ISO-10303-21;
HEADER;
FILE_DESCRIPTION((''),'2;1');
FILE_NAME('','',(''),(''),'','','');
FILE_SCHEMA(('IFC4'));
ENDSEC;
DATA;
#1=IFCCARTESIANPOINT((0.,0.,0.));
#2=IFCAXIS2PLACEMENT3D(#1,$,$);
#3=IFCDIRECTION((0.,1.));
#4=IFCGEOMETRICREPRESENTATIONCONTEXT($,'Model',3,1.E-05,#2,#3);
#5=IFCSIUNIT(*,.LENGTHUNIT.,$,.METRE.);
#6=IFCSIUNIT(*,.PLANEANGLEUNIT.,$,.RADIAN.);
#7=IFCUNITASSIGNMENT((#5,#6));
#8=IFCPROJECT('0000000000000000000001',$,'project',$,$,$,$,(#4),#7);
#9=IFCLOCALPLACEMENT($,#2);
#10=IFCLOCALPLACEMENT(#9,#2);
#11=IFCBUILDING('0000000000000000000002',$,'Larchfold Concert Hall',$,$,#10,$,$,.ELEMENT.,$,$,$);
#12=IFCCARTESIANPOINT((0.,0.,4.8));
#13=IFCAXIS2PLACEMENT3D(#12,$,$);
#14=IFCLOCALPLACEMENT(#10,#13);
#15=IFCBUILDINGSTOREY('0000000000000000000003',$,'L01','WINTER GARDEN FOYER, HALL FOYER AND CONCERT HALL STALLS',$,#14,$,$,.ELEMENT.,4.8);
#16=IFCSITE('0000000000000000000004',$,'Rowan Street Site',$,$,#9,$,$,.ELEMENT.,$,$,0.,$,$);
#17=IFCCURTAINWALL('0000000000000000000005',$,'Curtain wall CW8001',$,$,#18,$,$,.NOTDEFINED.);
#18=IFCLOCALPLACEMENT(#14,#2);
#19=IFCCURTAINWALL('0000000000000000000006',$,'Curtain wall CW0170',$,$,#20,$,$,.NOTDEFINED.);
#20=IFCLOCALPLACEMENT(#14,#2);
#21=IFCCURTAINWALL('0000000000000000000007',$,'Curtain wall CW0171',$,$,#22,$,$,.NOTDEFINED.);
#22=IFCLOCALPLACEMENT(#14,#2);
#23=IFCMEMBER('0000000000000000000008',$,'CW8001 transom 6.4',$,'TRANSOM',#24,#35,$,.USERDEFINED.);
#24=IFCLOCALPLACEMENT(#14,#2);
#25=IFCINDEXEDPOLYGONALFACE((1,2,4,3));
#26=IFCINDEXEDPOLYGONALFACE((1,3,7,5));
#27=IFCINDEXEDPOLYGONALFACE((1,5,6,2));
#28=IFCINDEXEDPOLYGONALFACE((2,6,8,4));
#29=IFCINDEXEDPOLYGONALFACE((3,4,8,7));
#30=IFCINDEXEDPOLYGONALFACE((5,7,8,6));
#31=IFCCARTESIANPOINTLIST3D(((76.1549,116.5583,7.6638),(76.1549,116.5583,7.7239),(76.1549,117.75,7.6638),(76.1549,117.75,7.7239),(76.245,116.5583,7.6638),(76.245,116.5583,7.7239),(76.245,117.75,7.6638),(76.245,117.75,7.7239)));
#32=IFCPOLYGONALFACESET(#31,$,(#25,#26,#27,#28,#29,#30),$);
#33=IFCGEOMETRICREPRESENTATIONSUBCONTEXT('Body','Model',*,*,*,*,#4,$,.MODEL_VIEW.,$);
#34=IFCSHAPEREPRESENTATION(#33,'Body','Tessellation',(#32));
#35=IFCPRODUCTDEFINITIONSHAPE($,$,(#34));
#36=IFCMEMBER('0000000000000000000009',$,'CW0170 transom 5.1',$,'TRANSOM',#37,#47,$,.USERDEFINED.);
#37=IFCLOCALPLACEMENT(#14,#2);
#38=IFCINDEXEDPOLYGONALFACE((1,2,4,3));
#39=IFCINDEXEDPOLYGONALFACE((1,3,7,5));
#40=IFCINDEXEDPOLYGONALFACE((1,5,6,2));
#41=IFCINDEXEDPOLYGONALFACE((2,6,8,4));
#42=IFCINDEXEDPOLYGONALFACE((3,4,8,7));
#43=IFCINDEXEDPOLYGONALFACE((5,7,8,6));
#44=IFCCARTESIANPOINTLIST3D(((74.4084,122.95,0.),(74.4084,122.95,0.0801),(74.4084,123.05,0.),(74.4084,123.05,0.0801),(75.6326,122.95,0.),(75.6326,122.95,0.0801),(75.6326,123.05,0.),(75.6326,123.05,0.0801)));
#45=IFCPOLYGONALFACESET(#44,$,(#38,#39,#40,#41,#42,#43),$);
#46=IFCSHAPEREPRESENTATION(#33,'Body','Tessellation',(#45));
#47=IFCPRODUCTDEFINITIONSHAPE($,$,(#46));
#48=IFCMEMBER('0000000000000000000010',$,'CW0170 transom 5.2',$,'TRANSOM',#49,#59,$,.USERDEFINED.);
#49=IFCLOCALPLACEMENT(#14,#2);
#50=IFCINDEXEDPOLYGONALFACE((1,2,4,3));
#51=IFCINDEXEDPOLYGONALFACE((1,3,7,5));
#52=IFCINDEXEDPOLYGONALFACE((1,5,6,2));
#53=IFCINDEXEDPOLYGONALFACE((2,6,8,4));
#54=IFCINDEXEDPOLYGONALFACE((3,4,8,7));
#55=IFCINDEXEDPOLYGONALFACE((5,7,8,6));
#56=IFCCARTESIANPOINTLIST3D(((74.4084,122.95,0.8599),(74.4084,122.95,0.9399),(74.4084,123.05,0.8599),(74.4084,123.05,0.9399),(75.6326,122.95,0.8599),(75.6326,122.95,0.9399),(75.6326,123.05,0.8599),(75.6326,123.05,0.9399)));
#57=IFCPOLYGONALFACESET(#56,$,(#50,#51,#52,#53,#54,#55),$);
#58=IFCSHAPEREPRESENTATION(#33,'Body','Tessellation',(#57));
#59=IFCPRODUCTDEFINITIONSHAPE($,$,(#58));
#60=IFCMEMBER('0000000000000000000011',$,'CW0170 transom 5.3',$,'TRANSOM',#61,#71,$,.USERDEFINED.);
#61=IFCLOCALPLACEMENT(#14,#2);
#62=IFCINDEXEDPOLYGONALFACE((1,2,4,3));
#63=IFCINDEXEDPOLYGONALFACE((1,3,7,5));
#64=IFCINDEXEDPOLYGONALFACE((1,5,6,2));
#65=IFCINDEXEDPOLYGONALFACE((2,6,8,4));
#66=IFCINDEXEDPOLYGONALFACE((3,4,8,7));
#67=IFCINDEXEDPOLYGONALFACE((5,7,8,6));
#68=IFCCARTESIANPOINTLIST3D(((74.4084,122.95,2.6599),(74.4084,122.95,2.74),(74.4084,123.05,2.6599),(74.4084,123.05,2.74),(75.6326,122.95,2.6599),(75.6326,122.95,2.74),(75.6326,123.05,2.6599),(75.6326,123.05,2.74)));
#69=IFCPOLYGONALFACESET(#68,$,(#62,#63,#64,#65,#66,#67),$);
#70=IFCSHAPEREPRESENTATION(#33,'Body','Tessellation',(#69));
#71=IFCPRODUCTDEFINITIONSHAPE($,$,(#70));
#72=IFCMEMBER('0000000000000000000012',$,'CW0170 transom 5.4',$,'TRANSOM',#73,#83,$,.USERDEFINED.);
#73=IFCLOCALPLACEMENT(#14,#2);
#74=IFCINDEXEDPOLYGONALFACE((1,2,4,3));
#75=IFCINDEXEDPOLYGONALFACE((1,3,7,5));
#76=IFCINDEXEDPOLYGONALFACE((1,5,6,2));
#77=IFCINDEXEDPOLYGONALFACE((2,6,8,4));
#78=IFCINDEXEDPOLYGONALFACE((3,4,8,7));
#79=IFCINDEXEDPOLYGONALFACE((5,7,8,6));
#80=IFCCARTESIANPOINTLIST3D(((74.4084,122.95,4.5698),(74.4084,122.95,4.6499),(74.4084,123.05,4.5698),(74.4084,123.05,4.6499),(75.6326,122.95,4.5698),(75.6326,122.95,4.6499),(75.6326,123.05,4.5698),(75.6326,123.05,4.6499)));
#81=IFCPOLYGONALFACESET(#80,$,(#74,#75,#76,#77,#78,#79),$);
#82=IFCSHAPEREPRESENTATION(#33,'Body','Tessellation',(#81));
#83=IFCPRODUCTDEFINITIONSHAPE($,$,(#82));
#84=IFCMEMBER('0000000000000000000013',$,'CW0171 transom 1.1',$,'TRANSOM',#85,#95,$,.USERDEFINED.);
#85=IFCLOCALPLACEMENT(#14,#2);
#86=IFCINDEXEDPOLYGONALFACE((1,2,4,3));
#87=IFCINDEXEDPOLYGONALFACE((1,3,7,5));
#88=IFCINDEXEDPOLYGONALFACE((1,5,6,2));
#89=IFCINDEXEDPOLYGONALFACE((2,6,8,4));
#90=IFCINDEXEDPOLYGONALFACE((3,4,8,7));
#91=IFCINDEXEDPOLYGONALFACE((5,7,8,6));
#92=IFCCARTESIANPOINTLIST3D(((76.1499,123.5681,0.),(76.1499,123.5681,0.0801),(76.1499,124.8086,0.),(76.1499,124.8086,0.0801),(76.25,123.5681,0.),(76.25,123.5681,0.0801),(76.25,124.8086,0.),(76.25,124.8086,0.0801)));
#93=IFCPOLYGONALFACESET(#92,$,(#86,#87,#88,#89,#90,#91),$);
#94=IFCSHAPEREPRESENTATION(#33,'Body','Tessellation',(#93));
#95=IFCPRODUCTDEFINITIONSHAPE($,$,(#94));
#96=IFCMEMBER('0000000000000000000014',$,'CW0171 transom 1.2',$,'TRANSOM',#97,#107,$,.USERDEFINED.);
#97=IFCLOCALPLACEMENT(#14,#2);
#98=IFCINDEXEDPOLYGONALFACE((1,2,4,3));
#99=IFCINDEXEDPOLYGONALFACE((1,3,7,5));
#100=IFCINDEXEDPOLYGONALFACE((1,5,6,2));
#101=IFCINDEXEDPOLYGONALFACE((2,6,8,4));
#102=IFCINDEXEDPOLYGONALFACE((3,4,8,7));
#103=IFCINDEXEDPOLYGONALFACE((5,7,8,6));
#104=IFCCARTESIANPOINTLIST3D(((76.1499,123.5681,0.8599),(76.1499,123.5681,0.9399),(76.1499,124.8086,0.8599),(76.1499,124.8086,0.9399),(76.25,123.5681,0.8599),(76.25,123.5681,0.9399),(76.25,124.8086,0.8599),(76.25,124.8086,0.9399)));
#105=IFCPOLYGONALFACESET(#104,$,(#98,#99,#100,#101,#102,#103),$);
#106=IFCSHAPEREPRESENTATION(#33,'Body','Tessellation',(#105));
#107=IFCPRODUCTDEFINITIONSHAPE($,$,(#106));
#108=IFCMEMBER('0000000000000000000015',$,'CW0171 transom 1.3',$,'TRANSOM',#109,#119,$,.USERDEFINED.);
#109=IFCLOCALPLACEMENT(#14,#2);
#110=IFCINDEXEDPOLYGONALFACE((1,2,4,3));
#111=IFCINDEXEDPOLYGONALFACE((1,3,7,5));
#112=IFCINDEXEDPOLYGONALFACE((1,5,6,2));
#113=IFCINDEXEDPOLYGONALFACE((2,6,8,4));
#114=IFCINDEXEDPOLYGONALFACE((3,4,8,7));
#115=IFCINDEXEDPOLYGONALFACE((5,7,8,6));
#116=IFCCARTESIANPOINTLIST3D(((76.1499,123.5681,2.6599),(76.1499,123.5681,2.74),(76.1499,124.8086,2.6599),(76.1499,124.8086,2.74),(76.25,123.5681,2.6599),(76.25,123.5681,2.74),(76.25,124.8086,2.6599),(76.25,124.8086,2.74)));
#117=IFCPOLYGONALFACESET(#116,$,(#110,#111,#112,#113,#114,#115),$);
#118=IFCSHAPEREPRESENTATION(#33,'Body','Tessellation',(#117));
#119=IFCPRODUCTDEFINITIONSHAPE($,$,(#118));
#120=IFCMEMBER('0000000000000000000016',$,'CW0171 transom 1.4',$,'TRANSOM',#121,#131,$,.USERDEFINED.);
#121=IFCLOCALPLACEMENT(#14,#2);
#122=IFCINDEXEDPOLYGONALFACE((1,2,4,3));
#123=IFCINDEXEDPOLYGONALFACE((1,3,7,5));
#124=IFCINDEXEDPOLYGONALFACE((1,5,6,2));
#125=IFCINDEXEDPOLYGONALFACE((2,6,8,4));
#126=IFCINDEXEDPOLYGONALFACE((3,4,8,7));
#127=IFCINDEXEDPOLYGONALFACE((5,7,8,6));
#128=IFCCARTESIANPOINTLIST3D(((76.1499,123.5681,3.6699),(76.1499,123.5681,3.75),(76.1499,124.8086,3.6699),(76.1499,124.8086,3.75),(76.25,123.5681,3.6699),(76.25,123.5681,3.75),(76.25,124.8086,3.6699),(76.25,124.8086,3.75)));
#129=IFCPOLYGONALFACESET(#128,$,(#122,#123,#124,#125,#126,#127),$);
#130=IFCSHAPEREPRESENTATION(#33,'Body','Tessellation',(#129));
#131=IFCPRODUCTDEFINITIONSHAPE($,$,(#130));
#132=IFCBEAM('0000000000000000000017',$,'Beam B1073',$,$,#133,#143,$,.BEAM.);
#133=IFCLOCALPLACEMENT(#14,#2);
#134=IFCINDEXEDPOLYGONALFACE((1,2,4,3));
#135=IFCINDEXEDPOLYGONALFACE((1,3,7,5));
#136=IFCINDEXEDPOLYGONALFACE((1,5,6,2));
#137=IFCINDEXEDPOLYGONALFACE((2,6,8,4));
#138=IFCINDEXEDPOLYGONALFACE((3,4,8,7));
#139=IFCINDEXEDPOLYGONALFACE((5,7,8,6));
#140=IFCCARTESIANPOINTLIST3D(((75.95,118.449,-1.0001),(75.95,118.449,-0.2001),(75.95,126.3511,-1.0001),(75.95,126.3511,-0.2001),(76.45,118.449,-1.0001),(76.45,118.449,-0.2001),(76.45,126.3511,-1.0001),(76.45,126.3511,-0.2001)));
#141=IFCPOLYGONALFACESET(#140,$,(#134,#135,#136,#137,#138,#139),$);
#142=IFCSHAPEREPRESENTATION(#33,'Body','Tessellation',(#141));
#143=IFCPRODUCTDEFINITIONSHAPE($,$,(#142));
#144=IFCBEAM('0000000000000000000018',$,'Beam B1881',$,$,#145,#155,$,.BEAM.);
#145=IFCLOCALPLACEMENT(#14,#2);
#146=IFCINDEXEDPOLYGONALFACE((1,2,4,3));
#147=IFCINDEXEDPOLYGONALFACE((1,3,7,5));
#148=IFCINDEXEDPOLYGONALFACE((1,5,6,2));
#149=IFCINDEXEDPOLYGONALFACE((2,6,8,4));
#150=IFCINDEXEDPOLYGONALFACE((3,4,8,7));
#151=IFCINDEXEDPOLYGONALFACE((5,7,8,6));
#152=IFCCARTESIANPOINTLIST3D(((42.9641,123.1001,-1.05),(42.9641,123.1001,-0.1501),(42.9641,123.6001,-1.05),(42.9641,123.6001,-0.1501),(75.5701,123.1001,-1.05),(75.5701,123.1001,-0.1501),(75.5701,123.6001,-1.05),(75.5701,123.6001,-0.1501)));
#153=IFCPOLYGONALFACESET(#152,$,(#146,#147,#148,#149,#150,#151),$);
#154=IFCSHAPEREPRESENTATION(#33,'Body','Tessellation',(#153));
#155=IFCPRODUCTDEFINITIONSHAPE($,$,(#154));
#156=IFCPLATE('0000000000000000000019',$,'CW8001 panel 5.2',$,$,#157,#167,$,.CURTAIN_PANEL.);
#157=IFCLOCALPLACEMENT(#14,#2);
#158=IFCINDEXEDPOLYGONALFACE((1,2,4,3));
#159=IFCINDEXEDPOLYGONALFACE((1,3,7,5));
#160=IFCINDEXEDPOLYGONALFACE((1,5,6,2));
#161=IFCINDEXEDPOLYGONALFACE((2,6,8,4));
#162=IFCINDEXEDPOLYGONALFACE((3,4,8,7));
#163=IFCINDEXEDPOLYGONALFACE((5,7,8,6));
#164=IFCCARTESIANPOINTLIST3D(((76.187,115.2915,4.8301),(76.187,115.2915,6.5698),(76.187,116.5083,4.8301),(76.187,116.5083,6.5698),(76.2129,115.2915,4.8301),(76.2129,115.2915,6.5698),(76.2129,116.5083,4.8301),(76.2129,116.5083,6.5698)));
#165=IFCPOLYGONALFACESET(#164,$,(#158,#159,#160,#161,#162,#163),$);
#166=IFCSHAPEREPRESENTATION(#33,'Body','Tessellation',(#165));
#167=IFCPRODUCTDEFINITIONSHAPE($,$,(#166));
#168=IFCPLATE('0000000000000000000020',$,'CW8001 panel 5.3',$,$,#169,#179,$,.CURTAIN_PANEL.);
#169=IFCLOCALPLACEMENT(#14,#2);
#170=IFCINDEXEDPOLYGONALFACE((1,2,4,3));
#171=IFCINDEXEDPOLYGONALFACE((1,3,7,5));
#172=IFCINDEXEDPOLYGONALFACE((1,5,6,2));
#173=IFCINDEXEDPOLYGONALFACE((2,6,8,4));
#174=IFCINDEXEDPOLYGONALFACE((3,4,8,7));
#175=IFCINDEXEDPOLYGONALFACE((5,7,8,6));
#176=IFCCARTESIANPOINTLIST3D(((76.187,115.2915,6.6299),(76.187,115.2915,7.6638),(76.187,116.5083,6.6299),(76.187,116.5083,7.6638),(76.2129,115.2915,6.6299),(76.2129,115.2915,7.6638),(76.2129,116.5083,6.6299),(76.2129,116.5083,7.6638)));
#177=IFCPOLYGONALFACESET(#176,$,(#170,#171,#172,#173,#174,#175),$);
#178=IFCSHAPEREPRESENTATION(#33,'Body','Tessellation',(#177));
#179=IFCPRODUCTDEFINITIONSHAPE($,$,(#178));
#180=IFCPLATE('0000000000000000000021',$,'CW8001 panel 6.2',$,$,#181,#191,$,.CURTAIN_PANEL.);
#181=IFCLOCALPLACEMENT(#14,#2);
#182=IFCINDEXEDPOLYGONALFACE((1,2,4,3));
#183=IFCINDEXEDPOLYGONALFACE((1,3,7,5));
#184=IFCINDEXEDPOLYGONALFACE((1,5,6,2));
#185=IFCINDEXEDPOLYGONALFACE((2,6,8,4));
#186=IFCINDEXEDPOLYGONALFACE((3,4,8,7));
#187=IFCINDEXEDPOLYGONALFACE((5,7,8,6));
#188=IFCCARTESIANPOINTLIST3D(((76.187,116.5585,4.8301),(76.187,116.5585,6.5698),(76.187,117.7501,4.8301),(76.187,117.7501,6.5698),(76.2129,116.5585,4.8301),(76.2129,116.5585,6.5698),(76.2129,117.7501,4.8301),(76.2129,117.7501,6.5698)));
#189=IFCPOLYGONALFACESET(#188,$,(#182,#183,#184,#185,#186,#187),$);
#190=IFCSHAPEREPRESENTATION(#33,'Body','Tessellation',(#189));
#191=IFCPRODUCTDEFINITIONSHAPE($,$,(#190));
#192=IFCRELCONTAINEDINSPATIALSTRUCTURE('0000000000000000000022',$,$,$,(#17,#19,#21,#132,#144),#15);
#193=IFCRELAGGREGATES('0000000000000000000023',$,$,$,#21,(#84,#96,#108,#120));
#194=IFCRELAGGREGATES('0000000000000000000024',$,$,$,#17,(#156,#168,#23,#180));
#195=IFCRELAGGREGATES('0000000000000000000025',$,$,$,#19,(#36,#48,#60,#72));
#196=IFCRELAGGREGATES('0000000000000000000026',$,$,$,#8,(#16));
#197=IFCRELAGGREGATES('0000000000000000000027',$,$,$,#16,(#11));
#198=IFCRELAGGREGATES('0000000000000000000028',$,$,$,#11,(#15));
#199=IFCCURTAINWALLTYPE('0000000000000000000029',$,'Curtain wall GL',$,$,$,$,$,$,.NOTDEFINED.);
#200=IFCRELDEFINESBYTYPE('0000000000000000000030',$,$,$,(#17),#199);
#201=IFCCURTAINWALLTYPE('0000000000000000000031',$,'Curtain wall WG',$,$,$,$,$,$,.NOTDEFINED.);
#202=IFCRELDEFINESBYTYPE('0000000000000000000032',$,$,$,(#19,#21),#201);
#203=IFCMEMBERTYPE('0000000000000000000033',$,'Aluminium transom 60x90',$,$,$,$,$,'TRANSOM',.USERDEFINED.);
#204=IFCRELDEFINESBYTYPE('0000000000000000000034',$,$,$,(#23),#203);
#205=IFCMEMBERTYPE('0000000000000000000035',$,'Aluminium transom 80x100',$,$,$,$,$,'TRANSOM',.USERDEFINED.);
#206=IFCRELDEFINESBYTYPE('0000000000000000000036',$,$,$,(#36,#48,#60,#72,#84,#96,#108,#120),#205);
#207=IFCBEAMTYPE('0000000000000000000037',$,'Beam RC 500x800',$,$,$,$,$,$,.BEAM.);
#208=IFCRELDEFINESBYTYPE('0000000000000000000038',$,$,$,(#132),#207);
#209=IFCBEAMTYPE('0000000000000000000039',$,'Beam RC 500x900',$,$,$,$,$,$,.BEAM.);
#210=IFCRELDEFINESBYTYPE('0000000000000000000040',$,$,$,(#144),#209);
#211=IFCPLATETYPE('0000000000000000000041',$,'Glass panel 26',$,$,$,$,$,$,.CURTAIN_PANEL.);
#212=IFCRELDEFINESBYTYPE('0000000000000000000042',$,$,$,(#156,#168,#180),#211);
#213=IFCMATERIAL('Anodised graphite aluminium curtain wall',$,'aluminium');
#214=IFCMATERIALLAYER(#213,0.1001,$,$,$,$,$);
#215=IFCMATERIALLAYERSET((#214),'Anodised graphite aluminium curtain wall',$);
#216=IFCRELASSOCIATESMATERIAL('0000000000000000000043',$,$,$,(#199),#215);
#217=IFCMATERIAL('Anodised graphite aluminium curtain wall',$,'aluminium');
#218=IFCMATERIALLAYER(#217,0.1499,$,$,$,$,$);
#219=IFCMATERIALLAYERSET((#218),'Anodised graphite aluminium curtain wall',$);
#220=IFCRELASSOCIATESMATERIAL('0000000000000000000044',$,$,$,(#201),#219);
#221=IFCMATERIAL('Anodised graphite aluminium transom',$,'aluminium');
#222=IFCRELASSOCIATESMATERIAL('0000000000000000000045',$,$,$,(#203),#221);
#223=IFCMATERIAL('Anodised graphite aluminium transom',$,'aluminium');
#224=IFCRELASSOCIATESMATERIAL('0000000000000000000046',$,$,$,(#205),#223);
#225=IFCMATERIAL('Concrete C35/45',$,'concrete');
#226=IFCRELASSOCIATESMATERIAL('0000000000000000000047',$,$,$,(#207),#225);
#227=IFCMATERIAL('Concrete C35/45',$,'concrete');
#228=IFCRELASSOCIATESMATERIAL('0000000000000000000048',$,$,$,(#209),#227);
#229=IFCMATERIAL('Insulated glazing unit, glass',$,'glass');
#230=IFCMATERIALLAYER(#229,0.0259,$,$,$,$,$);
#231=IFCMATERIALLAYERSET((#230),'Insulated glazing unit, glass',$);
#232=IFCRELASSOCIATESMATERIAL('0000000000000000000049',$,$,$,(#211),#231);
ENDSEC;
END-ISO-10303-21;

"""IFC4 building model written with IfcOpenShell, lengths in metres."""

from ifc_helpers import new_model, si_unit, direction, frame, origin, origin_2d, place, context, subcontext, project, spatial, rectangle, extrude, material, layer, layer_set, material_profile, profile_set, type_object, element, aggregate, save


model = new_model("IFC4")

# Units and contexts
model_context = context("Model", 3, precision=1e-05, world=origin(), true_north=direction((0.0, 1.0)))
body_context = subcontext(model_context, "Body", "Model", "MODEL_VIEW")
ifc_project = project(units=[si_unit("LENGTHUNIT", "METRE"), si_unit("PLANEANGLEUNIT", "RADIAN")], contexts=[model_context])

# Site, building, storey
site_placement = place(None, origin())
site = spatial("IfcSite", under=ifc_project, at=site_placement, Name="Rowan Street Site", CompositionType="ELEMENT", RefElevation=0.0)
building_placement = place(site_placement, origin())
building = spatial("IfcBuilding", under=site, at=building_placement, Name="Larchfold Concert Hall", CompositionType="ELEMENT")
storey_placement = place(building_placement, frame((0.0, 0.0, 4.8)))
storey = spatial("IfcBuildingStorey", under=building, at=storey_placement, Name="L01", Description="WINTER GARDEN FOYER, HALL FOYER AND CONCERT HALL STALLS", CompositionType="ELEMENT", Elevation=4.8)

# Curtain walls
ifc_material_1 = material(Name="Anodised graphite aluminium curtain wall", Category="aluminium")
ifc_layer_1 = layer(ifc_material_1, 0.1001)
ifc_layer_set_1 = layer_set([ifc_layer_1], Name="Anodised graphite aluminium curtain wall")
curtain_wall_type_1 = type_object("IfcCurtainWallType", Name="Curtain wall GL", PredefinedType="NOTDEFINED", material=ifc_layer_set_1)
curtain_wall_1_placement = place(storey_placement, origin())
curtain_wall_1 = element("IfcCurtainWall", 1, at=curtain_wall_1_placement, inside=storey, type_object=curtain_wall_type_1, Name="Curtain wall CW8001", PredefinedType="NOTDEFINED")
ifc_material_2 = material(Name="Anodised graphite aluminium curtain wall", Category="aluminium")
ifc_layer_2 = layer(ifc_material_2, 0.1499)
ifc_layer_set_2 = layer_set([ifc_layer_2], Name="Anodised graphite aluminium curtain wall")
curtain_wall_type_2 = type_object("IfcCurtainWallType", Name="Curtain wall WG", PredefinedType="NOTDEFINED", material=ifc_layer_set_2)
curtain_wall_2_placement = place(storey_placement, origin())
curtain_wall_2 = element("IfcCurtainWall", 2, at=curtain_wall_2_placement, inside=storey, type_object=curtain_wall_type_2, Name="Curtain wall CW0170", PredefinedType="NOTDEFINED")

# Curtain wall
curtain_wall_3_placement = place(storey_placement, origin())
curtain_wall_3 = element("IfcCurtainWall", 3, at=curtain_wall_3_placement, inside=storey, type_object=curtain_wall_type_2, Name="Curtain wall CW0171", PredefinedType="NOTDEFINED")

# Members
ifc_material_3 = material(Name="Anodised graphite aluminium transom", Category="aluminium")
ifc_material_profile_1 = material_profile(ifc_material_3, rectangle(XDim=0.0901, YDim=0.0601, at=origin_2d()))
ifc_profile_set_1 = profile_set([ifc_material_profile_1], Name="Anodised graphite aluminium transom")
member_type_1 = type_object("IfcMemberType", Name="Aluminium transom 60x90", ElementType="TRANSOM", PredefinedType="USERDEFINED", material=ifc_profile_set_1)
member_1_placement = place(storey_placement, frame((76.2, 116.5583, 7.6938), z_axis=(0.0, 1.0, 0.0), x_axis=(-1.0, 0.0, 0.0)))
member_1 = element("IfcMember", 4, at=member_1_placement, type_object=member_type_1, Name="CW8001 transom 6.4", ObjectType="TRANSOM", PredefinedType="USERDEFINED", context=body_context, shape_type="SweptSolid", body=[
    extrude(rectangle(XDim=0.0901, YDim=0.0601, at=origin_2d()), origin(), (0.0, 0.0, 1.0), 1.1917),
])
ifc_material_4 = material(Name="Anodised graphite aluminium transom", Category="aluminium")
ifc_material_profile_2 = material_profile(ifc_material_4, rectangle(XDim=0.1001, YDim=0.0801, at=origin_2d()))
ifc_profile_set_2 = profile_set([ifc_material_profile_2], Name="Anodised graphite aluminium transom")
member_type_2 = type_object("IfcMemberType", Name="Aluminium transom 80x100", ElementType="TRANSOM", PredefinedType="USERDEFINED", material=ifc_profile_set_2)
member_2_placement = place(storey_placement, frame((74.4084, 123.0, 0.04), z_axis=(1.0, 0.0, 0.0), x_axis=(0.0, 1.0, 0.0)))
member_2 = element("IfcMember", 5, at=member_2_placement, type_object=member_type_2, Name="CW0170 transom 5.1", ObjectType="TRANSOM", PredefinedType="USERDEFINED", context=body_context, shape_type="SweptSolid", body=[
    extrude(rectangle(XDim=0.1001, YDim=0.0801, at=origin_2d()), origin(), (0.0, 0.0, 1.0), 1.2241),
])
member_3_placement = place(storey_placement, frame((74.4084, 123.0, 0.8999), z_axis=(1.0, 0.0, 0.0), x_axis=(0.0, 1.0, 0.0)))
member_3 = element("IfcMember", 6, at=member_3_placement, type_object=member_type_2, Name="CW0170 transom 5.2", ObjectType="TRANSOM", PredefinedType="USERDEFINED", context=body_context, shape_type="SweptSolid", body=[
    extrude(rectangle(XDim=0.1001, YDim=0.0801, at=origin_2d()), origin(), (0.0, 0.0, 1.0), 1.2241),
])
member_4_placement = place(storey_placement, frame((74.4084, 123.0, 2.7), z_axis=(1.0, 0.0, 0.0), x_axis=(0.0, 1.0, 0.0)))
member_4 = element("IfcMember", 7, at=member_4_placement, type_object=member_type_2, Name="CW0170 transom 5.3", ObjectType="TRANSOM", PredefinedType="USERDEFINED", context=body_context, shape_type="SweptSolid", body=[
    extrude(rectangle(XDim=0.1001, YDim=0.0801, at=origin_2d()), origin(), (0.0, 0.0, 1.0), 1.2241),
])
member_5_placement = place(storey_placement, frame((74.4084, 123.0, 4.6099), z_axis=(1.0, 0.0, 0.0), x_axis=(0.0, 1.0, 0.0)))
member_5 = element("IfcMember", 8, at=member_5_placement, type_object=member_type_2, Name="CW0170 transom 5.4", ObjectType="TRANSOM", PredefinedType="USERDEFINED", context=body_context, shape_type="SweptSolid", body=[
    extrude(rectangle(XDim=0.1001, YDim=0.0801, at=origin_2d()), origin(), (0.0, 0.0, 1.0), 1.2241),
])
member_6_placement = place(storey_placement, frame((76.2, 123.5681, 0.04), z_axis=(0.0, 1.0, 0.0), x_axis=(-1.0, 0.0, 0.0)))
member_6 = element("IfcMember", 9, at=member_6_placement, type_object=member_type_2, Name="CW0171 transom 1.1", ObjectType="TRANSOM", PredefinedType="USERDEFINED", context=body_context, shape_type="SweptSolid", body=[
    extrude(rectangle(XDim=0.1001, YDim=0.0801, at=origin_2d()), origin(), (0.0, 0.0, 1.0), 1.2405),
])
member_7_placement = place(storey_placement, frame((76.2, 123.5681, 0.8999), z_axis=(0.0, 1.0, 0.0), x_axis=(-1.0, 0.0, 0.0)))
member_7 = element("IfcMember", 10, at=member_7_placement, type_object=member_type_2, Name="CW0171 transom 1.2", ObjectType="TRANSOM", PredefinedType="USERDEFINED", context=body_context, shape_type="SweptSolid", body=[
    extrude(rectangle(XDim=0.1001, YDim=0.0801, at=origin_2d()), origin(), (0.0, 0.0, 1.0), 1.2405),
])
member_8_placement = place(storey_placement, frame((76.2, 123.5681, 2.7), z_axis=(0.0, 1.0, 0.0), x_axis=(-1.0, 0.0, 0.0)))
member_8 = element("IfcMember", 11, at=member_8_placement, type_object=member_type_2, Name="CW0171 transom 1.3", ObjectType="TRANSOM", PredefinedType="USERDEFINED", context=body_context, shape_type="SweptSolid", body=[
    extrude(rectangle(XDim=0.1001, YDim=0.0801, at=origin_2d()), origin(), (0.0, 0.0, 1.0), 1.2405),
])
member_9_placement = place(storey_placement, frame((76.2, 123.5681, 3.71), z_axis=(0.0, 1.0, 0.0), x_axis=(-1.0, 0.0, 0.0)))
member_9 = element("IfcMember", 12, at=member_9_placement, type_object=member_type_2, Name="CW0171 transom 1.4", ObjectType="TRANSOM", PredefinedType="USERDEFINED", context=body_context, shape_type="SweptSolid", body=[
    extrude(rectangle(XDim=0.1001, YDim=0.0801, at=origin_2d()), origin(), (0.0, 0.0, 1.0), 1.2405),
])
aggregate(curtain_wall_3, [member_6, member_7, member_8, member_9])

# Beams
ifc_material_5 = material(Name="Concrete C35/45", Category="concrete")
ifc_material_profile_3 = material_profile(ifc_material_5, rectangle(XDim=0.5, YDim=0.8, at=origin_2d()))
ifc_profile_set_3 = profile_set([ifc_material_profile_3], Name="Concrete C35/45")
beam_type_1 = type_object("IfcBeamType", Name="Beam RC 500x800", PredefinedType="BEAM", material=ifc_profile_set_3)
beam_1_placement = place(storey_placement, frame((76.2, 118.449, -0.6001), z_axis=(0.0, 1.0, 0.0), x_axis=(-1.0, 0.0, 0.0)))
element("IfcBeam", 13, at=beam_1_placement, inside=storey, type_object=beam_type_1, Name="Beam B1073", PredefinedType="BEAM", context=body_context, shape_type="SweptSolid", body=[
    extrude(rectangle(XDim=0.5, YDim=0.8, at=origin_2d()), origin(), (0.0, 0.0, 1.0), 7.9021),
])
ifc_material_6 = material(Name="Concrete C35/45", Category="concrete")
ifc_material_profile_4 = material_profile(ifc_material_6, rectangle(XDim=0.5, YDim=0.8999, at=origin_2d()))
ifc_profile_set_4 = profile_set([ifc_material_profile_4], Name="Concrete C35/45")
beam_type_2 = type_object("IfcBeamType", Name="Beam RC 500x900", PredefinedType="BEAM", material=ifc_profile_set_4)
beam_2_placement = place(storey_placement, frame((75.5701, 123.3501, -0.6001), z_axis=(-1.0, 0.0, 0.0), x_axis=(0.0, -1.0, 0.0)))
element("IfcBeam", 14, at=beam_2_placement, inside=storey, type_object=beam_type_2, Name="Beam B1881", PredefinedType="BEAM", context=body_context, shape_type="SweptSolid", body=[
    extrude(rectangle(XDim=0.5, YDim=0.8999, at=origin_2d()), origin(), (0.0, 0.0, 1.0), 32.606),
])

# Plates
ifc_material_7 = material(Name="Insulated glazing unit, glass", Category="glass")
ifc_layer_3 = layer(ifc_material_7, 0.0259)
ifc_layer_set_3 = layer_set([ifc_layer_3], Name="Insulated glazing unit, glass")
plate_type_1 = type_object("IfcPlateType", Name="Glass panel 26", PredefinedType="CURTAIN_PANEL", material=ifc_layer_set_3)
plate_1_placement = place(storey_placement, frame((76.2, 115.8999, 4.8301), z_axis=(0.0, 0.0, 1.0), x_axis=(0.0, 1.0, 0.0)))
plate_1 = element("IfcPlate", 15, at=plate_1_placement, type_object=plate_type_1, Name="CW8001 panel 5.2", PredefinedType="CURTAIN_PANEL", context=body_context, shape_type="SweptSolid", body=[
    extrude(rectangle(XDim=1.2168, YDim=0.0259, at=origin_2d()), origin(), (0.0, 0.0, 1.0), 1.7397),
])
plate_2_placement = place(storey_placement, frame((76.2, 115.8999, 6.6299), z_axis=(0.0, 0.0, 1.0), x_axis=(0.0, 1.0, 0.0)))
plate_2 = element("IfcPlate", 16, at=plate_2_placement, type_object=plate_type_1, Name="CW8001 panel 5.3", PredefinedType="CURTAIN_PANEL", context=body_context, shape_type="SweptSolid", body=[
    extrude(rectangle(XDim=1.2168, YDim=0.0259, at=origin_2d()), origin(), (0.0, 0.0, 1.0), 1.0339),
])
plate_3_placement = place(storey_placement, frame((76.2, 117.1543, 4.8301), z_axis=(0.0, 0.0, 1.0), x_axis=(0.0, 1.0, 0.0)))
plate_3 = element("IfcPlate", 17, at=plate_3_placement, type_object=plate_type_1, Name="CW8001 panel 6.2", PredefinedType="CURTAIN_PANEL", context=body_context, shape_type="SweptSolid", body=[
    extrude(rectangle(XDim=1.1917, YDim=0.0259, at=origin_2d()), origin(), (0.0, 0.0, 1.0), 1.7397),
])
aggregate(curtain_wall_1, [plate_1, plate_2, member_1, plate_3])
aggregate(curtain_wall_2, [member_2, member_3, member_4, member_5])

save(model, "model.ifc")
